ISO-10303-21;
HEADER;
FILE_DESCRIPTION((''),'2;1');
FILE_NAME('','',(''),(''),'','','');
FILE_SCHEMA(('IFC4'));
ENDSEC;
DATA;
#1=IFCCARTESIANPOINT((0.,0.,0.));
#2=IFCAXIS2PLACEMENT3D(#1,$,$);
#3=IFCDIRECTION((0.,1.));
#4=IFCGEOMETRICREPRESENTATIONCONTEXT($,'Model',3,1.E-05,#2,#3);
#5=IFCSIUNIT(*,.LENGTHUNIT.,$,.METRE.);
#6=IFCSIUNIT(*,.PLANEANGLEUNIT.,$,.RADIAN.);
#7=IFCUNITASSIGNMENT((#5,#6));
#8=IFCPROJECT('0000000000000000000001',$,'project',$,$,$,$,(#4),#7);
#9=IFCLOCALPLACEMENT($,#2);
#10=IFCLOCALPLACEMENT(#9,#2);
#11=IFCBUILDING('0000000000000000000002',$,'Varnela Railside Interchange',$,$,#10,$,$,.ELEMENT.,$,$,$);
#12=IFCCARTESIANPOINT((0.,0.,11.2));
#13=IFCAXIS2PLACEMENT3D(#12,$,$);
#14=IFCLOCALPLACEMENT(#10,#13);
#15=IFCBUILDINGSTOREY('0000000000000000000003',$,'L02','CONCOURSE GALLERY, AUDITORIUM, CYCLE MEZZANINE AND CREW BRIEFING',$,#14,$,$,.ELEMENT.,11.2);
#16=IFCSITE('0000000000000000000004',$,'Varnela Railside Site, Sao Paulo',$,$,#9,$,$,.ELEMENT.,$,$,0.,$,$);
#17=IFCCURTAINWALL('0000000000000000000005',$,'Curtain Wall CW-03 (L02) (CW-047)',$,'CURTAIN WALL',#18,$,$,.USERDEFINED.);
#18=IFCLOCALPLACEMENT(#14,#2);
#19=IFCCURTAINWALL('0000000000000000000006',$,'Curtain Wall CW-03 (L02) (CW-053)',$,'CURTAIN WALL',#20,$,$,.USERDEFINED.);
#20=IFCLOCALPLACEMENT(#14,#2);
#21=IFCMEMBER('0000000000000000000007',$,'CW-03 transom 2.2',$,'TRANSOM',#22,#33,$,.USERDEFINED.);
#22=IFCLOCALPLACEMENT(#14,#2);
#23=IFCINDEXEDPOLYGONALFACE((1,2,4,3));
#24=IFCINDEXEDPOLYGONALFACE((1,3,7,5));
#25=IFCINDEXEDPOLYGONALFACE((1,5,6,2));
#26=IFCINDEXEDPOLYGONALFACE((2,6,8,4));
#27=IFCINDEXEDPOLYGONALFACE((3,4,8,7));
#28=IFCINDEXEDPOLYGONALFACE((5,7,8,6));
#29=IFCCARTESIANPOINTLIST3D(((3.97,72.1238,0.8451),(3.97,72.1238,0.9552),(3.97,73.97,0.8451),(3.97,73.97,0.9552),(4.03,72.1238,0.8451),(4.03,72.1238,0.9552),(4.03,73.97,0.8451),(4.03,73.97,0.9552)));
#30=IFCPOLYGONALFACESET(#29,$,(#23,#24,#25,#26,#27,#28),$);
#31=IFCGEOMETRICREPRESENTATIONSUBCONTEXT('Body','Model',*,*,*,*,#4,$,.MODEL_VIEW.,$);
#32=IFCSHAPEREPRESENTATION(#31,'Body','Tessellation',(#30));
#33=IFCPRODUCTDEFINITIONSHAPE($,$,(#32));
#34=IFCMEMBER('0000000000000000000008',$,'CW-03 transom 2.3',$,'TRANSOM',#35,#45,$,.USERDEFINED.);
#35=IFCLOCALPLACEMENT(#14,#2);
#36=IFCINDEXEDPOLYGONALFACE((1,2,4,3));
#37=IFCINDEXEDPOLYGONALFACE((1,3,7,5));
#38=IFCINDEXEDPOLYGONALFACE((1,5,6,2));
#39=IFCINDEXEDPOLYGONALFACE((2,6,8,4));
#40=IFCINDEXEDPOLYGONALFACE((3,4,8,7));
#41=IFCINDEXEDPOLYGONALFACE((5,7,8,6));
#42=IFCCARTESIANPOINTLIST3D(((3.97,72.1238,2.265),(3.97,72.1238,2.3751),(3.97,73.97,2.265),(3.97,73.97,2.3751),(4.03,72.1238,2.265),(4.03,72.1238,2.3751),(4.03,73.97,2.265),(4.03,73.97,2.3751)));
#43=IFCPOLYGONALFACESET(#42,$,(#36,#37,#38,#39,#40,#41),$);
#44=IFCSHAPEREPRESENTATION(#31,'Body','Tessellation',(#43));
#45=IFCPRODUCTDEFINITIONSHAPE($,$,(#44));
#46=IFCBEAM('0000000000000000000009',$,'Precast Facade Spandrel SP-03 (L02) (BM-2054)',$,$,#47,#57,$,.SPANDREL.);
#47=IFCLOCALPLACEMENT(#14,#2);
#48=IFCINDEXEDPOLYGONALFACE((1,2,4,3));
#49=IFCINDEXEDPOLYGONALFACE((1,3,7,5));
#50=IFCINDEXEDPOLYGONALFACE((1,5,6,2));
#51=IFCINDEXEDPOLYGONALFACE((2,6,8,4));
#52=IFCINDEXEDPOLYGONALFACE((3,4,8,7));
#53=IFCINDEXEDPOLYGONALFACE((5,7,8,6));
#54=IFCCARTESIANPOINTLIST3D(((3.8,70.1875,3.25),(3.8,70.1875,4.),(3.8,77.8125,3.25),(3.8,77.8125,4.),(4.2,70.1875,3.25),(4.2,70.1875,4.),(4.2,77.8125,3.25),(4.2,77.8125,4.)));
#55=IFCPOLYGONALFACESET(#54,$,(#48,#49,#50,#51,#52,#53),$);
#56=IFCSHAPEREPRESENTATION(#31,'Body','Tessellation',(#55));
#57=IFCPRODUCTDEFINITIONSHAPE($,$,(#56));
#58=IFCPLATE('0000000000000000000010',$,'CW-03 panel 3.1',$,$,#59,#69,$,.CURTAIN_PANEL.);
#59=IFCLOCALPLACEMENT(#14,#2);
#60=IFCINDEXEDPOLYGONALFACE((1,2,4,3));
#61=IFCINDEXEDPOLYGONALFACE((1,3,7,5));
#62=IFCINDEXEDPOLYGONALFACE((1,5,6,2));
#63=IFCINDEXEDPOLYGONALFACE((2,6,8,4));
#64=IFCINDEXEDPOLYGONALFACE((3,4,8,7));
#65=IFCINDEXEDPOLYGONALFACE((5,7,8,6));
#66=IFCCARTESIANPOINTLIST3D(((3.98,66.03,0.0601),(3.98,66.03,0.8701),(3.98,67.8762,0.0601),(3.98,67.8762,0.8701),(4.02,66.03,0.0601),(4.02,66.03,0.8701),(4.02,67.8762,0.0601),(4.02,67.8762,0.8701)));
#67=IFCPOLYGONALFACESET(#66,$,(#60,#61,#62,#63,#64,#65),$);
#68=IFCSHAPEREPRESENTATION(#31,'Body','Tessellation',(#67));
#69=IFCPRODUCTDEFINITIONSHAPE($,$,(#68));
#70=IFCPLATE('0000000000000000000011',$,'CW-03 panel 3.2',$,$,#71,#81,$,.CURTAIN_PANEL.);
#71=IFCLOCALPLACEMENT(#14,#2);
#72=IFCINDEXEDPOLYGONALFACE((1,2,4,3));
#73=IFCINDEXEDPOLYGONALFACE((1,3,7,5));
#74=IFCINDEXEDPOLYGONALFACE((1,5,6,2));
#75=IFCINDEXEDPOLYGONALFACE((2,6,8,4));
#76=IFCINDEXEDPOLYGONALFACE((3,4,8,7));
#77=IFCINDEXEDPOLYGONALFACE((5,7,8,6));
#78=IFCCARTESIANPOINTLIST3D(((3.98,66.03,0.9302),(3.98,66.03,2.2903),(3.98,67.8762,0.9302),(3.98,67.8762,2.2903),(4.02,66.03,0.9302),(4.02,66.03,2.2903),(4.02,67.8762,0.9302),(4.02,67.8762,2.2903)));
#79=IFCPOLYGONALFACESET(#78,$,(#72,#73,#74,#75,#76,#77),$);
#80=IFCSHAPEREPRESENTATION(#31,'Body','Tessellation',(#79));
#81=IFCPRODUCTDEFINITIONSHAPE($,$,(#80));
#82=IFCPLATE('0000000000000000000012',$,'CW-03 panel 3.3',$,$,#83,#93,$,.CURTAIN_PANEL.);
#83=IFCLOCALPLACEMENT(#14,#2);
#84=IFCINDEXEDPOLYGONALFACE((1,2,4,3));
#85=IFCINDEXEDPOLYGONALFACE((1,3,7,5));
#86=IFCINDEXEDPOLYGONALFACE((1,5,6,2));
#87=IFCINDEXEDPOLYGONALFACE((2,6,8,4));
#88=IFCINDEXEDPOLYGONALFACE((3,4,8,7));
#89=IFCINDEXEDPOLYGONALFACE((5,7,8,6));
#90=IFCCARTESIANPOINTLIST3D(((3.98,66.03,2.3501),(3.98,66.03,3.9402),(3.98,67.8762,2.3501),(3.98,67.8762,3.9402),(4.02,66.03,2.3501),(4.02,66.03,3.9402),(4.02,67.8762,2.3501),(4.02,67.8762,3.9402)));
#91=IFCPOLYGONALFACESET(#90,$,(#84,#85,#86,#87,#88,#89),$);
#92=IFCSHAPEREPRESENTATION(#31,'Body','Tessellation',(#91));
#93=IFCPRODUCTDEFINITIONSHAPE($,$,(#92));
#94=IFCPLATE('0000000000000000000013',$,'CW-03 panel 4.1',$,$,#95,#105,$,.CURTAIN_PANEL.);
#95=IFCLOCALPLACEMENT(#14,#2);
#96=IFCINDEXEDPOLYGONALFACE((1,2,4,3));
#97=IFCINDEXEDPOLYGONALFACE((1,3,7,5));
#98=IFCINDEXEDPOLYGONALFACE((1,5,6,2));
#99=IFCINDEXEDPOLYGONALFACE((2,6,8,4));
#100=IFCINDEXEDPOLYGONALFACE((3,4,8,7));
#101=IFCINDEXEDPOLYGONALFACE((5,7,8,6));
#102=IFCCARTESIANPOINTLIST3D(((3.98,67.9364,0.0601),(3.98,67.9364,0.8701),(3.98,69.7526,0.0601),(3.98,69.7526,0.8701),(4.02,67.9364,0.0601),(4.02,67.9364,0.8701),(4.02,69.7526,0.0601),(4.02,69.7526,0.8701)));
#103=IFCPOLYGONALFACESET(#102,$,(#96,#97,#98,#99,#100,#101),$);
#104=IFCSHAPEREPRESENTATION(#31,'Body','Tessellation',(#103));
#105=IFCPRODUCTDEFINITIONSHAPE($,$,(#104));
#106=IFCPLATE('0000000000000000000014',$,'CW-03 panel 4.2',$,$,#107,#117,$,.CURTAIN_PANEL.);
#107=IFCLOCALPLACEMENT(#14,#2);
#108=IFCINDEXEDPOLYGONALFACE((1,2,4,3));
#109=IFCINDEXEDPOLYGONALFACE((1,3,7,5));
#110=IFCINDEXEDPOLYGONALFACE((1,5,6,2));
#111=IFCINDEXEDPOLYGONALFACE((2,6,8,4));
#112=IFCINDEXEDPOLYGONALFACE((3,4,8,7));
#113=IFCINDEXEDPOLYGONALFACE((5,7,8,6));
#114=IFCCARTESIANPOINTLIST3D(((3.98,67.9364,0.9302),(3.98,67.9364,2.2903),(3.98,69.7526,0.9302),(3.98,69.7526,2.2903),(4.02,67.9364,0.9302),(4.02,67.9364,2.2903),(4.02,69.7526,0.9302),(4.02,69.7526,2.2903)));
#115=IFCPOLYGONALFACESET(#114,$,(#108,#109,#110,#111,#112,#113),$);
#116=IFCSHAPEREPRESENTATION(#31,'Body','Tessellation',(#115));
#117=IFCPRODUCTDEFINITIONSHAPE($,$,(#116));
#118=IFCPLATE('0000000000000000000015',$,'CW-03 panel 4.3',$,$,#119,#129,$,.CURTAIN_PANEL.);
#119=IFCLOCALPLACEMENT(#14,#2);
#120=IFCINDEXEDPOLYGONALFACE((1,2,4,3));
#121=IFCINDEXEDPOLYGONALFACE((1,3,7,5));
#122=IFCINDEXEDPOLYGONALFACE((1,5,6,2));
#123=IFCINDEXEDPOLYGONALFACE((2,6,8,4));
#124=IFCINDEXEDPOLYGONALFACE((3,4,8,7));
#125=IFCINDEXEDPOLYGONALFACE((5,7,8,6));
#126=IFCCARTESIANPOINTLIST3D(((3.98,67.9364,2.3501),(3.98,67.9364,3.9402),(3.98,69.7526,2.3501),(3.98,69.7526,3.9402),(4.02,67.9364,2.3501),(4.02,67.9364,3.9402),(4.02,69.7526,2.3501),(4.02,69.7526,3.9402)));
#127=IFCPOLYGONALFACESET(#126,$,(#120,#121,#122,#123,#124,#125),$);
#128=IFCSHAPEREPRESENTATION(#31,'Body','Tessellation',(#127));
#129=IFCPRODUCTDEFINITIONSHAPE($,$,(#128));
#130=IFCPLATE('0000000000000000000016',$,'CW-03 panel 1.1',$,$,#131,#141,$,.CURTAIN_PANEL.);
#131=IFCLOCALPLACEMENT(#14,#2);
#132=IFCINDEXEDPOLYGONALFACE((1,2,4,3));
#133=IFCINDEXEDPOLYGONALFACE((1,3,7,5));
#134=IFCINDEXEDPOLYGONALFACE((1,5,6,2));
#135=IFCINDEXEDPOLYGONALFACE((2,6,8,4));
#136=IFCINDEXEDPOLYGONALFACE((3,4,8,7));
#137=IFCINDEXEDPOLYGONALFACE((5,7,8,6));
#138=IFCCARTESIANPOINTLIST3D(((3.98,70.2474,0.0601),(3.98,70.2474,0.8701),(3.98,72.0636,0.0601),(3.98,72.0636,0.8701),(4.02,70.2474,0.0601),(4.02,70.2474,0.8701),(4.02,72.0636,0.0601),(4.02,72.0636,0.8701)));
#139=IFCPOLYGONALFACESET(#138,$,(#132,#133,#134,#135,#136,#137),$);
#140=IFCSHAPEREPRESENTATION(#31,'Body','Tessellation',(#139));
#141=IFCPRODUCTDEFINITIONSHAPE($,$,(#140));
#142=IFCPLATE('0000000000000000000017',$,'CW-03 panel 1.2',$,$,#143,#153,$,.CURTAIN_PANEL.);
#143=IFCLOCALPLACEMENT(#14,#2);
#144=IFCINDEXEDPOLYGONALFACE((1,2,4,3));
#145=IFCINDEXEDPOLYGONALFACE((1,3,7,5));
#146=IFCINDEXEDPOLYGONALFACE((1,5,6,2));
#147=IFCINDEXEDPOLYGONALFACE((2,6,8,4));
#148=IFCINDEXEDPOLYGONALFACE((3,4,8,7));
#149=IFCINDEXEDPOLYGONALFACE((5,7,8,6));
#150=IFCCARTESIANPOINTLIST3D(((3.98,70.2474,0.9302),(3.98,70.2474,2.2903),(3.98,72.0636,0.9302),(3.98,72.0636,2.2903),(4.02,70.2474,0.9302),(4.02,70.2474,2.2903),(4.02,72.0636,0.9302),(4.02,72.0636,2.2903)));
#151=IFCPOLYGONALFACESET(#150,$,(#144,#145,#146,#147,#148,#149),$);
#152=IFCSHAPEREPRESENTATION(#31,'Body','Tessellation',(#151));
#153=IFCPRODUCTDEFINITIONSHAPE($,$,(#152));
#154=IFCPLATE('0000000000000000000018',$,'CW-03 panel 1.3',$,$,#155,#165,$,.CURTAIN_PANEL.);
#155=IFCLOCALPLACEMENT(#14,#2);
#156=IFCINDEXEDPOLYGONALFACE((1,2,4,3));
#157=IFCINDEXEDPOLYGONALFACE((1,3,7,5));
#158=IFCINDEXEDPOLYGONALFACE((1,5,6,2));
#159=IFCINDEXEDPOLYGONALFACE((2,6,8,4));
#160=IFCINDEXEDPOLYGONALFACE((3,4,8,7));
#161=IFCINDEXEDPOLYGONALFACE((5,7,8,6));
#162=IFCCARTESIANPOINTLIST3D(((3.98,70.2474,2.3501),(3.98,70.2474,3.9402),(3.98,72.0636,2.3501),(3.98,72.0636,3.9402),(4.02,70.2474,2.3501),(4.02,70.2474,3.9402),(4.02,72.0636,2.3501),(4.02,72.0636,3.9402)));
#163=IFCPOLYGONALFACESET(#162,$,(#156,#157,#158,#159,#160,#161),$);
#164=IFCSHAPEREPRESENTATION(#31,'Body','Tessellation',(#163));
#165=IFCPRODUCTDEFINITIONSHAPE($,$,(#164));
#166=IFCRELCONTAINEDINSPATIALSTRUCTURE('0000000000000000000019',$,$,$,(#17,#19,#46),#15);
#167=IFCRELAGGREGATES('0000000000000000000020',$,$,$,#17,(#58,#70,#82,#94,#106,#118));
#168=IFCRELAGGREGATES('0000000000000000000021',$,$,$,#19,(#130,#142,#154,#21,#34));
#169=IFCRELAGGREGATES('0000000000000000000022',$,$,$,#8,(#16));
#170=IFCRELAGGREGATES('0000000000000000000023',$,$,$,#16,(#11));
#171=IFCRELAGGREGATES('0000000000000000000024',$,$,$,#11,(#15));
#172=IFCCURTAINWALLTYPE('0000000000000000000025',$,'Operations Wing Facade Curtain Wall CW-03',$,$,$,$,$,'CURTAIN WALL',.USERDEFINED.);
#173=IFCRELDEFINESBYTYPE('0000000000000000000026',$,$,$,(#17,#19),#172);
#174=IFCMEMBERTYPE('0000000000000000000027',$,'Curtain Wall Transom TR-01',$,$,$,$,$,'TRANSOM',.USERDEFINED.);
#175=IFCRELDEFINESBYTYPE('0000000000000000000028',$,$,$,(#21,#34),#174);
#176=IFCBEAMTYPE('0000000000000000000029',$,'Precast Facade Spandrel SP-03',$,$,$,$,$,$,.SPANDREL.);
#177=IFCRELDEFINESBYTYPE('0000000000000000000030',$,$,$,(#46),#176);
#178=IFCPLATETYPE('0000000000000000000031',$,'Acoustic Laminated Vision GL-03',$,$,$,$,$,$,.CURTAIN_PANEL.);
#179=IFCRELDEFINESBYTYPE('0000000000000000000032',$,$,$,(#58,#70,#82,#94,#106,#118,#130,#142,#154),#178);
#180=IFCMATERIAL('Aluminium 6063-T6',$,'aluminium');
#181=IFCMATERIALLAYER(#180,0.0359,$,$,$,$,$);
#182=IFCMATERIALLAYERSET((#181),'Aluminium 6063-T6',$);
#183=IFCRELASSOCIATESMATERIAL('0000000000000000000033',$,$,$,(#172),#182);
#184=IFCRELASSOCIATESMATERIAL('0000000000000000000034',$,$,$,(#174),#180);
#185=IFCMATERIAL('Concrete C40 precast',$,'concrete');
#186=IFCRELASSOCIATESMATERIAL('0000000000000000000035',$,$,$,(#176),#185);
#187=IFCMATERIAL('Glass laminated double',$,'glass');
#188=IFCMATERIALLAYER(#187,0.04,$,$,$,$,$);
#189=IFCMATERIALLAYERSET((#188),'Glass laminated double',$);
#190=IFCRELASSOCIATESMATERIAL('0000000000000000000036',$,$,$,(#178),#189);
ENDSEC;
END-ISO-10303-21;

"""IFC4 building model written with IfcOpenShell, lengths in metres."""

from ifc_helpers import new_model, si_unit, direction, frame, origin, origin_2d, place, context, subcontext, project, spatial, rectangle, extrude, material, layer, layer_set, material_profile, profile_set, type_object, element, aggregate, save


model = new_model("IFC4")

# Units and contexts
model_context = context("Model", 3, precision=1e-05, world=origin(), true_north=direction((0.0, 1.0)))
body_context = subcontext(model_context, "Body", "Model", "MODEL_VIEW")
ifc_project = project(units=[si_unit("LENGTHUNIT", "METRE"), si_unit("PLANEANGLEUNIT", "RADIAN")], contexts=[model_context])

# Site, building, storey
site_placement = place(None, origin())
site = spatial("IfcSite", under=ifc_project, at=site_placement, Name="Varnela Railside Site, Sao Paulo", CompositionType="ELEMENT", RefElevation=0.0)
building_placement = place(site_placement, origin())
building = spatial("IfcBuilding", under=site, at=building_placement, Name="Varnela Railside Interchange", CompositionType="ELEMENT")
storey_placement = place(building_placement, frame((0.0, 0.0, 11.2)))
storey = spatial("IfcBuildingStorey", under=building, at=storey_placement, Name="L02", Description="CONCOURSE GALLERY, AUDITORIUM, CYCLE MEZZANINE AND CREW BRIEFING", CompositionType="ELEMENT", Elevation=11.2)

# Curtain walls
ifc_material_1 = material(Name="Aluminium 6063-T6", Category="aluminium")
ifc_layer_1 = layer(ifc_material_1, 0.0359)
ifc_layer_set_1 = layer_set([ifc_layer_1], Name="Aluminium 6063-T6")
curtain_wall_type = type_object("IfcCurtainWallType", Name="Operations Wing Facade Curtain Wall CW-03", ElementType="CURTAIN WALL", PredefinedType="USERDEFINED", material=ifc_layer_set_1)
curtain_wall_1_placement = place(storey_placement, origin())
curtain_wall_1 = element("IfcCurtainWall", 1, at=curtain_wall_1_placement, inside=storey, type_object=curtain_wall_type, Name="Curtain Wall CW-03 (L02) (CW-047)", ObjectType="CURTAIN WALL", PredefinedType="USERDEFINED")
curtain_wall_2_placement = place(storey_placement, origin())
curtain_wall_2 = element("IfcCurtainWall", 2, at=curtain_wall_2_placement, inside=storey, type_object=curtain_wall_type, Name="Curtain Wall CW-03 (L02) (CW-053)", ObjectType="CURTAIN WALL", PredefinedType="USERDEFINED")

# Members
ifc_material_profile_1 = material_profile(ifc_material_1, rectangle(XDim=0.0601, YDim=0.1101, at=origin_2d()), Name="ALU 60x110")
ifc_profile_set_1 = profile_set([ifc_material_profile_1], Name="Aluminium 6063-T6")
member_type_1 = type_object("IfcMemberType", Name="Curtain Wall Transom TR-01", ElementType="TRANSOM", PredefinedType="USERDEFINED", material=ifc_profile_set_1)
member_1_placement = place(storey_placement, frame((4.0, 72.1238, 0.9001), z_axis=(0.0, 1.0, 0.0), x_axis=(-1.0, 0.0, 0.0)))
member_1 = element("IfcMember", 3, at=member_1_placement, type_object=member_type_1, Name="CW-03 transom 2.2", ObjectType="TRANSOM", PredefinedType="USERDEFINED", context=body_context, shape_type="SweptSolid", body=[
    extrude(rectangle(XDim=0.0601, YDim=0.1101, at=origin_2d()), origin(), (0.0, 0.0, 1.0), 1.8462),
])
member_2_placement = place(storey_placement, frame((4.0, 72.1238, 2.3201), z_axis=(0.0, 1.0, 0.0), x_axis=(-1.0, 0.0, 0.0)))
member_2 = element("IfcMember", 4, at=member_2_placement, type_object=member_type_1, Name="CW-03 transom 2.3", ObjectType="TRANSOM", PredefinedType="USERDEFINED", context=body_context, shape_type="SweptSolid", body=[
    extrude(rectangle(XDim=0.0601, YDim=0.1101, at=origin_2d()), origin(), (0.0, 0.0, 1.0), 1.8462),
])

# Beam
ifc_material_2 = material(Name="Concrete C40 precast", Category="concrete")
ifc_material_profile_2 = material_profile(ifc_material_2, rectangle(XDim=0.3999, YDim=0.75, at=origin_2d()), Name="PC 400x750")
ifc_profile_set_2 = profile_set([ifc_material_profile_2], Name="Concrete C40 precast")
beam_type = type_object("IfcBeamType", Name="Precast Facade Spandrel SP-03", PredefinedType="SPANDREL", material=ifc_profile_set_2)
beam_placement = place(storey_placement, frame((4.0, 70.1875, 3.625), z_axis=(0.0, 1.0, 0.0), x_axis=(-1.0, 0.0, 0.0)))
element("IfcBeam", 5, at=beam_placement, inside=storey, type_object=beam_type, Name="Precast Facade Spandrel SP-03 (L02) (BM-2054)", PredefinedType="SPANDREL", context=body_context, shape_type="SweptSolid", body=[
    extrude(rectangle(XDim=0.3999, YDim=0.75, at=origin_2d()), origin(), (0.0, 0.0, 1.0), 7.625),
])

# Plates
ifc_material_3 = material(Name="Glass laminated double", Category="glass")
ifc_layer_2 = layer(ifc_material_3, 0.04)
ifc_layer_set_2 = layer_set([ifc_layer_2], Name="Glass laminated double")
plate_type = type_object("IfcPlateType", Name="Acoustic Laminated Vision GL-03", PredefinedType="CURTAIN_PANEL", material=ifc_layer_set_2)
plate_1_placement = place(storey_placement, frame((4.0, 66.9531, 0.0601), z_axis=(0.0, 0.0, 1.0), x_axis=(0.0, 1.0, 0.0)))
plate_1 = element("IfcPlate", 6, at=plate_1_placement, type_object=plate_type, Name="CW-03 panel 3.1", PredefinedType="CURTAIN_PANEL", context=body_context, shape_type="SweptSolid", body=[
    extrude(rectangle(XDim=1.8462, YDim=0.04, at=origin_2d()), origin(), (0.0, 0.0, 1.0), 0.8101),
])
plate_2_placement = place(storey_placement, frame((4.0, 66.9531, 0.9302), z_axis=(0.0, 0.0, 1.0), x_axis=(0.0, 1.0, 0.0)))
plate_2 = element("IfcPlate", 7, at=plate_2_placement, type_object=plate_type, Name="CW-03 panel 3.2", PredefinedType="CURTAIN_PANEL", context=body_context, shape_type="SweptSolid", body=[
    extrude(rectangle(XDim=1.8462, YDim=0.04, at=origin_2d()), origin(), (0.0, 0.0, 1.0), 1.3601),
])
plate_3_placement = place(storey_placement, frame((4.0, 66.9531, 2.3501), z_axis=(0.0, 0.0, 1.0), x_axis=(0.0, 1.0, 0.0)))
plate_3 = element("IfcPlate", 8, at=plate_3_placement, type_object=plate_type, Name="CW-03 panel 3.3", PredefinedType="CURTAIN_PANEL", context=body_context, shape_type="SweptSolid", body=[
    extrude(rectangle(XDim=1.8462, YDim=0.04, at=origin_2d()), origin(), (0.0, 0.0, 1.0), 1.5901),
])
plate_4_placement = place(storey_placement, frame((4.0, 68.8445, 0.0601), z_axis=(0.0, 0.0, 1.0), x_axis=(0.0, 1.0, 0.0)))
plate_4 = element("IfcPlate", 9, at=plate_4_placement, type_object=plate_type, Name="CW-03 panel 4.1", PredefinedType="CURTAIN_PANEL", context=body_context, shape_type="SweptSolid", body=[
    extrude(rectangle(XDim=1.8162, YDim=0.04, at=origin_2d()), origin(), (0.0, 0.0, 1.0), 0.8101),
])
plate_5_placement = place(storey_placement, frame((4.0, 68.8445, 0.9302), z_axis=(0.0, 0.0, 1.0), x_axis=(0.0, 1.0, 0.0)))
plate_5 = element("IfcPlate", 10, at=plate_5_placement, type_object=plate_type, Name="CW-03 panel 4.2", PredefinedType="CURTAIN_PANEL", context=body_context, shape_type="SweptSolid", body=[
    extrude(rectangle(XDim=1.8162, YDim=0.04, at=origin_2d()), origin(), (0.0, 0.0, 1.0), 1.3601),
])
plate_6_placement = place(storey_placement, frame((4.0, 68.8445, 2.3501), z_axis=(0.0, 0.0, 1.0), x_axis=(0.0, 1.0, 0.0)))
plate_6 = element("IfcPlate", 11, at=plate_6_placement, type_object=plate_type, Name="CW-03 panel 4.3", PredefinedType="CURTAIN_PANEL", context=body_context, shape_type="SweptSolid", body=[
    extrude(rectangle(XDim=1.8162, YDim=0.04, at=origin_2d()), origin(), (0.0, 0.0, 1.0), 1.5901),
])
aggregate(curtain_wall_1, [plate_1, plate_2, plate_3, plate_4, plate_5, plate_6])
plate_7_placement = place(storey_placement, frame((4.0, 71.1555, 0.0601), z_axis=(0.0, 0.0, 1.0), x_axis=(0.0, 1.0, 0.0)))
plate_7 = element("IfcPlate", 12, at=plate_7_placement, type_object=plate_type, Name="CW-03 panel 1.1", PredefinedType="CURTAIN_PANEL", context=body_context, shape_type="SweptSolid", body=[
    extrude(rectangle(XDim=1.8162, YDim=0.04, at=origin_2d()), origin(), (0.0, 0.0, 1.0), 0.8101),
])
plate_8_placement = place(storey_placement, frame((4.0, 71.1555, 0.9302), z_axis=(0.0, 0.0, 1.0), x_axis=(0.0, 1.0, 0.0)))
plate_8 = element("IfcPlate", 13, at=plate_8_placement, type_object=plate_type, Name="CW-03 panel 1.2", PredefinedType="CURTAIN_PANEL", context=body_context, shape_type="SweptSolid", body=[
    extrude(rectangle(XDim=1.8162, YDim=0.04, at=origin_2d()), origin(), (0.0, 0.0, 1.0), 1.3601),
])
plate_9_placement = place(storey_placement, frame((4.0, 71.1555, 2.3501), z_axis=(0.0, 0.0, 1.0), x_axis=(0.0, 1.0, 0.0)))
plate_9 = element("IfcPlate", 14, at=plate_9_placement, type_object=plate_type, Name="CW-03 panel 1.3", PredefinedType="CURTAIN_PANEL", context=body_context, shape_type="SweptSolid", body=[
    extrude(rectangle(XDim=1.8162, YDim=0.04, at=origin_2d()), origin(), (0.0, 0.0, 1.0), 1.5901),
])
aggregate(curtain_wall_2, [plate_7, plate_8, plate_9, member_1, member_2])

save(model, "model.ifc")
